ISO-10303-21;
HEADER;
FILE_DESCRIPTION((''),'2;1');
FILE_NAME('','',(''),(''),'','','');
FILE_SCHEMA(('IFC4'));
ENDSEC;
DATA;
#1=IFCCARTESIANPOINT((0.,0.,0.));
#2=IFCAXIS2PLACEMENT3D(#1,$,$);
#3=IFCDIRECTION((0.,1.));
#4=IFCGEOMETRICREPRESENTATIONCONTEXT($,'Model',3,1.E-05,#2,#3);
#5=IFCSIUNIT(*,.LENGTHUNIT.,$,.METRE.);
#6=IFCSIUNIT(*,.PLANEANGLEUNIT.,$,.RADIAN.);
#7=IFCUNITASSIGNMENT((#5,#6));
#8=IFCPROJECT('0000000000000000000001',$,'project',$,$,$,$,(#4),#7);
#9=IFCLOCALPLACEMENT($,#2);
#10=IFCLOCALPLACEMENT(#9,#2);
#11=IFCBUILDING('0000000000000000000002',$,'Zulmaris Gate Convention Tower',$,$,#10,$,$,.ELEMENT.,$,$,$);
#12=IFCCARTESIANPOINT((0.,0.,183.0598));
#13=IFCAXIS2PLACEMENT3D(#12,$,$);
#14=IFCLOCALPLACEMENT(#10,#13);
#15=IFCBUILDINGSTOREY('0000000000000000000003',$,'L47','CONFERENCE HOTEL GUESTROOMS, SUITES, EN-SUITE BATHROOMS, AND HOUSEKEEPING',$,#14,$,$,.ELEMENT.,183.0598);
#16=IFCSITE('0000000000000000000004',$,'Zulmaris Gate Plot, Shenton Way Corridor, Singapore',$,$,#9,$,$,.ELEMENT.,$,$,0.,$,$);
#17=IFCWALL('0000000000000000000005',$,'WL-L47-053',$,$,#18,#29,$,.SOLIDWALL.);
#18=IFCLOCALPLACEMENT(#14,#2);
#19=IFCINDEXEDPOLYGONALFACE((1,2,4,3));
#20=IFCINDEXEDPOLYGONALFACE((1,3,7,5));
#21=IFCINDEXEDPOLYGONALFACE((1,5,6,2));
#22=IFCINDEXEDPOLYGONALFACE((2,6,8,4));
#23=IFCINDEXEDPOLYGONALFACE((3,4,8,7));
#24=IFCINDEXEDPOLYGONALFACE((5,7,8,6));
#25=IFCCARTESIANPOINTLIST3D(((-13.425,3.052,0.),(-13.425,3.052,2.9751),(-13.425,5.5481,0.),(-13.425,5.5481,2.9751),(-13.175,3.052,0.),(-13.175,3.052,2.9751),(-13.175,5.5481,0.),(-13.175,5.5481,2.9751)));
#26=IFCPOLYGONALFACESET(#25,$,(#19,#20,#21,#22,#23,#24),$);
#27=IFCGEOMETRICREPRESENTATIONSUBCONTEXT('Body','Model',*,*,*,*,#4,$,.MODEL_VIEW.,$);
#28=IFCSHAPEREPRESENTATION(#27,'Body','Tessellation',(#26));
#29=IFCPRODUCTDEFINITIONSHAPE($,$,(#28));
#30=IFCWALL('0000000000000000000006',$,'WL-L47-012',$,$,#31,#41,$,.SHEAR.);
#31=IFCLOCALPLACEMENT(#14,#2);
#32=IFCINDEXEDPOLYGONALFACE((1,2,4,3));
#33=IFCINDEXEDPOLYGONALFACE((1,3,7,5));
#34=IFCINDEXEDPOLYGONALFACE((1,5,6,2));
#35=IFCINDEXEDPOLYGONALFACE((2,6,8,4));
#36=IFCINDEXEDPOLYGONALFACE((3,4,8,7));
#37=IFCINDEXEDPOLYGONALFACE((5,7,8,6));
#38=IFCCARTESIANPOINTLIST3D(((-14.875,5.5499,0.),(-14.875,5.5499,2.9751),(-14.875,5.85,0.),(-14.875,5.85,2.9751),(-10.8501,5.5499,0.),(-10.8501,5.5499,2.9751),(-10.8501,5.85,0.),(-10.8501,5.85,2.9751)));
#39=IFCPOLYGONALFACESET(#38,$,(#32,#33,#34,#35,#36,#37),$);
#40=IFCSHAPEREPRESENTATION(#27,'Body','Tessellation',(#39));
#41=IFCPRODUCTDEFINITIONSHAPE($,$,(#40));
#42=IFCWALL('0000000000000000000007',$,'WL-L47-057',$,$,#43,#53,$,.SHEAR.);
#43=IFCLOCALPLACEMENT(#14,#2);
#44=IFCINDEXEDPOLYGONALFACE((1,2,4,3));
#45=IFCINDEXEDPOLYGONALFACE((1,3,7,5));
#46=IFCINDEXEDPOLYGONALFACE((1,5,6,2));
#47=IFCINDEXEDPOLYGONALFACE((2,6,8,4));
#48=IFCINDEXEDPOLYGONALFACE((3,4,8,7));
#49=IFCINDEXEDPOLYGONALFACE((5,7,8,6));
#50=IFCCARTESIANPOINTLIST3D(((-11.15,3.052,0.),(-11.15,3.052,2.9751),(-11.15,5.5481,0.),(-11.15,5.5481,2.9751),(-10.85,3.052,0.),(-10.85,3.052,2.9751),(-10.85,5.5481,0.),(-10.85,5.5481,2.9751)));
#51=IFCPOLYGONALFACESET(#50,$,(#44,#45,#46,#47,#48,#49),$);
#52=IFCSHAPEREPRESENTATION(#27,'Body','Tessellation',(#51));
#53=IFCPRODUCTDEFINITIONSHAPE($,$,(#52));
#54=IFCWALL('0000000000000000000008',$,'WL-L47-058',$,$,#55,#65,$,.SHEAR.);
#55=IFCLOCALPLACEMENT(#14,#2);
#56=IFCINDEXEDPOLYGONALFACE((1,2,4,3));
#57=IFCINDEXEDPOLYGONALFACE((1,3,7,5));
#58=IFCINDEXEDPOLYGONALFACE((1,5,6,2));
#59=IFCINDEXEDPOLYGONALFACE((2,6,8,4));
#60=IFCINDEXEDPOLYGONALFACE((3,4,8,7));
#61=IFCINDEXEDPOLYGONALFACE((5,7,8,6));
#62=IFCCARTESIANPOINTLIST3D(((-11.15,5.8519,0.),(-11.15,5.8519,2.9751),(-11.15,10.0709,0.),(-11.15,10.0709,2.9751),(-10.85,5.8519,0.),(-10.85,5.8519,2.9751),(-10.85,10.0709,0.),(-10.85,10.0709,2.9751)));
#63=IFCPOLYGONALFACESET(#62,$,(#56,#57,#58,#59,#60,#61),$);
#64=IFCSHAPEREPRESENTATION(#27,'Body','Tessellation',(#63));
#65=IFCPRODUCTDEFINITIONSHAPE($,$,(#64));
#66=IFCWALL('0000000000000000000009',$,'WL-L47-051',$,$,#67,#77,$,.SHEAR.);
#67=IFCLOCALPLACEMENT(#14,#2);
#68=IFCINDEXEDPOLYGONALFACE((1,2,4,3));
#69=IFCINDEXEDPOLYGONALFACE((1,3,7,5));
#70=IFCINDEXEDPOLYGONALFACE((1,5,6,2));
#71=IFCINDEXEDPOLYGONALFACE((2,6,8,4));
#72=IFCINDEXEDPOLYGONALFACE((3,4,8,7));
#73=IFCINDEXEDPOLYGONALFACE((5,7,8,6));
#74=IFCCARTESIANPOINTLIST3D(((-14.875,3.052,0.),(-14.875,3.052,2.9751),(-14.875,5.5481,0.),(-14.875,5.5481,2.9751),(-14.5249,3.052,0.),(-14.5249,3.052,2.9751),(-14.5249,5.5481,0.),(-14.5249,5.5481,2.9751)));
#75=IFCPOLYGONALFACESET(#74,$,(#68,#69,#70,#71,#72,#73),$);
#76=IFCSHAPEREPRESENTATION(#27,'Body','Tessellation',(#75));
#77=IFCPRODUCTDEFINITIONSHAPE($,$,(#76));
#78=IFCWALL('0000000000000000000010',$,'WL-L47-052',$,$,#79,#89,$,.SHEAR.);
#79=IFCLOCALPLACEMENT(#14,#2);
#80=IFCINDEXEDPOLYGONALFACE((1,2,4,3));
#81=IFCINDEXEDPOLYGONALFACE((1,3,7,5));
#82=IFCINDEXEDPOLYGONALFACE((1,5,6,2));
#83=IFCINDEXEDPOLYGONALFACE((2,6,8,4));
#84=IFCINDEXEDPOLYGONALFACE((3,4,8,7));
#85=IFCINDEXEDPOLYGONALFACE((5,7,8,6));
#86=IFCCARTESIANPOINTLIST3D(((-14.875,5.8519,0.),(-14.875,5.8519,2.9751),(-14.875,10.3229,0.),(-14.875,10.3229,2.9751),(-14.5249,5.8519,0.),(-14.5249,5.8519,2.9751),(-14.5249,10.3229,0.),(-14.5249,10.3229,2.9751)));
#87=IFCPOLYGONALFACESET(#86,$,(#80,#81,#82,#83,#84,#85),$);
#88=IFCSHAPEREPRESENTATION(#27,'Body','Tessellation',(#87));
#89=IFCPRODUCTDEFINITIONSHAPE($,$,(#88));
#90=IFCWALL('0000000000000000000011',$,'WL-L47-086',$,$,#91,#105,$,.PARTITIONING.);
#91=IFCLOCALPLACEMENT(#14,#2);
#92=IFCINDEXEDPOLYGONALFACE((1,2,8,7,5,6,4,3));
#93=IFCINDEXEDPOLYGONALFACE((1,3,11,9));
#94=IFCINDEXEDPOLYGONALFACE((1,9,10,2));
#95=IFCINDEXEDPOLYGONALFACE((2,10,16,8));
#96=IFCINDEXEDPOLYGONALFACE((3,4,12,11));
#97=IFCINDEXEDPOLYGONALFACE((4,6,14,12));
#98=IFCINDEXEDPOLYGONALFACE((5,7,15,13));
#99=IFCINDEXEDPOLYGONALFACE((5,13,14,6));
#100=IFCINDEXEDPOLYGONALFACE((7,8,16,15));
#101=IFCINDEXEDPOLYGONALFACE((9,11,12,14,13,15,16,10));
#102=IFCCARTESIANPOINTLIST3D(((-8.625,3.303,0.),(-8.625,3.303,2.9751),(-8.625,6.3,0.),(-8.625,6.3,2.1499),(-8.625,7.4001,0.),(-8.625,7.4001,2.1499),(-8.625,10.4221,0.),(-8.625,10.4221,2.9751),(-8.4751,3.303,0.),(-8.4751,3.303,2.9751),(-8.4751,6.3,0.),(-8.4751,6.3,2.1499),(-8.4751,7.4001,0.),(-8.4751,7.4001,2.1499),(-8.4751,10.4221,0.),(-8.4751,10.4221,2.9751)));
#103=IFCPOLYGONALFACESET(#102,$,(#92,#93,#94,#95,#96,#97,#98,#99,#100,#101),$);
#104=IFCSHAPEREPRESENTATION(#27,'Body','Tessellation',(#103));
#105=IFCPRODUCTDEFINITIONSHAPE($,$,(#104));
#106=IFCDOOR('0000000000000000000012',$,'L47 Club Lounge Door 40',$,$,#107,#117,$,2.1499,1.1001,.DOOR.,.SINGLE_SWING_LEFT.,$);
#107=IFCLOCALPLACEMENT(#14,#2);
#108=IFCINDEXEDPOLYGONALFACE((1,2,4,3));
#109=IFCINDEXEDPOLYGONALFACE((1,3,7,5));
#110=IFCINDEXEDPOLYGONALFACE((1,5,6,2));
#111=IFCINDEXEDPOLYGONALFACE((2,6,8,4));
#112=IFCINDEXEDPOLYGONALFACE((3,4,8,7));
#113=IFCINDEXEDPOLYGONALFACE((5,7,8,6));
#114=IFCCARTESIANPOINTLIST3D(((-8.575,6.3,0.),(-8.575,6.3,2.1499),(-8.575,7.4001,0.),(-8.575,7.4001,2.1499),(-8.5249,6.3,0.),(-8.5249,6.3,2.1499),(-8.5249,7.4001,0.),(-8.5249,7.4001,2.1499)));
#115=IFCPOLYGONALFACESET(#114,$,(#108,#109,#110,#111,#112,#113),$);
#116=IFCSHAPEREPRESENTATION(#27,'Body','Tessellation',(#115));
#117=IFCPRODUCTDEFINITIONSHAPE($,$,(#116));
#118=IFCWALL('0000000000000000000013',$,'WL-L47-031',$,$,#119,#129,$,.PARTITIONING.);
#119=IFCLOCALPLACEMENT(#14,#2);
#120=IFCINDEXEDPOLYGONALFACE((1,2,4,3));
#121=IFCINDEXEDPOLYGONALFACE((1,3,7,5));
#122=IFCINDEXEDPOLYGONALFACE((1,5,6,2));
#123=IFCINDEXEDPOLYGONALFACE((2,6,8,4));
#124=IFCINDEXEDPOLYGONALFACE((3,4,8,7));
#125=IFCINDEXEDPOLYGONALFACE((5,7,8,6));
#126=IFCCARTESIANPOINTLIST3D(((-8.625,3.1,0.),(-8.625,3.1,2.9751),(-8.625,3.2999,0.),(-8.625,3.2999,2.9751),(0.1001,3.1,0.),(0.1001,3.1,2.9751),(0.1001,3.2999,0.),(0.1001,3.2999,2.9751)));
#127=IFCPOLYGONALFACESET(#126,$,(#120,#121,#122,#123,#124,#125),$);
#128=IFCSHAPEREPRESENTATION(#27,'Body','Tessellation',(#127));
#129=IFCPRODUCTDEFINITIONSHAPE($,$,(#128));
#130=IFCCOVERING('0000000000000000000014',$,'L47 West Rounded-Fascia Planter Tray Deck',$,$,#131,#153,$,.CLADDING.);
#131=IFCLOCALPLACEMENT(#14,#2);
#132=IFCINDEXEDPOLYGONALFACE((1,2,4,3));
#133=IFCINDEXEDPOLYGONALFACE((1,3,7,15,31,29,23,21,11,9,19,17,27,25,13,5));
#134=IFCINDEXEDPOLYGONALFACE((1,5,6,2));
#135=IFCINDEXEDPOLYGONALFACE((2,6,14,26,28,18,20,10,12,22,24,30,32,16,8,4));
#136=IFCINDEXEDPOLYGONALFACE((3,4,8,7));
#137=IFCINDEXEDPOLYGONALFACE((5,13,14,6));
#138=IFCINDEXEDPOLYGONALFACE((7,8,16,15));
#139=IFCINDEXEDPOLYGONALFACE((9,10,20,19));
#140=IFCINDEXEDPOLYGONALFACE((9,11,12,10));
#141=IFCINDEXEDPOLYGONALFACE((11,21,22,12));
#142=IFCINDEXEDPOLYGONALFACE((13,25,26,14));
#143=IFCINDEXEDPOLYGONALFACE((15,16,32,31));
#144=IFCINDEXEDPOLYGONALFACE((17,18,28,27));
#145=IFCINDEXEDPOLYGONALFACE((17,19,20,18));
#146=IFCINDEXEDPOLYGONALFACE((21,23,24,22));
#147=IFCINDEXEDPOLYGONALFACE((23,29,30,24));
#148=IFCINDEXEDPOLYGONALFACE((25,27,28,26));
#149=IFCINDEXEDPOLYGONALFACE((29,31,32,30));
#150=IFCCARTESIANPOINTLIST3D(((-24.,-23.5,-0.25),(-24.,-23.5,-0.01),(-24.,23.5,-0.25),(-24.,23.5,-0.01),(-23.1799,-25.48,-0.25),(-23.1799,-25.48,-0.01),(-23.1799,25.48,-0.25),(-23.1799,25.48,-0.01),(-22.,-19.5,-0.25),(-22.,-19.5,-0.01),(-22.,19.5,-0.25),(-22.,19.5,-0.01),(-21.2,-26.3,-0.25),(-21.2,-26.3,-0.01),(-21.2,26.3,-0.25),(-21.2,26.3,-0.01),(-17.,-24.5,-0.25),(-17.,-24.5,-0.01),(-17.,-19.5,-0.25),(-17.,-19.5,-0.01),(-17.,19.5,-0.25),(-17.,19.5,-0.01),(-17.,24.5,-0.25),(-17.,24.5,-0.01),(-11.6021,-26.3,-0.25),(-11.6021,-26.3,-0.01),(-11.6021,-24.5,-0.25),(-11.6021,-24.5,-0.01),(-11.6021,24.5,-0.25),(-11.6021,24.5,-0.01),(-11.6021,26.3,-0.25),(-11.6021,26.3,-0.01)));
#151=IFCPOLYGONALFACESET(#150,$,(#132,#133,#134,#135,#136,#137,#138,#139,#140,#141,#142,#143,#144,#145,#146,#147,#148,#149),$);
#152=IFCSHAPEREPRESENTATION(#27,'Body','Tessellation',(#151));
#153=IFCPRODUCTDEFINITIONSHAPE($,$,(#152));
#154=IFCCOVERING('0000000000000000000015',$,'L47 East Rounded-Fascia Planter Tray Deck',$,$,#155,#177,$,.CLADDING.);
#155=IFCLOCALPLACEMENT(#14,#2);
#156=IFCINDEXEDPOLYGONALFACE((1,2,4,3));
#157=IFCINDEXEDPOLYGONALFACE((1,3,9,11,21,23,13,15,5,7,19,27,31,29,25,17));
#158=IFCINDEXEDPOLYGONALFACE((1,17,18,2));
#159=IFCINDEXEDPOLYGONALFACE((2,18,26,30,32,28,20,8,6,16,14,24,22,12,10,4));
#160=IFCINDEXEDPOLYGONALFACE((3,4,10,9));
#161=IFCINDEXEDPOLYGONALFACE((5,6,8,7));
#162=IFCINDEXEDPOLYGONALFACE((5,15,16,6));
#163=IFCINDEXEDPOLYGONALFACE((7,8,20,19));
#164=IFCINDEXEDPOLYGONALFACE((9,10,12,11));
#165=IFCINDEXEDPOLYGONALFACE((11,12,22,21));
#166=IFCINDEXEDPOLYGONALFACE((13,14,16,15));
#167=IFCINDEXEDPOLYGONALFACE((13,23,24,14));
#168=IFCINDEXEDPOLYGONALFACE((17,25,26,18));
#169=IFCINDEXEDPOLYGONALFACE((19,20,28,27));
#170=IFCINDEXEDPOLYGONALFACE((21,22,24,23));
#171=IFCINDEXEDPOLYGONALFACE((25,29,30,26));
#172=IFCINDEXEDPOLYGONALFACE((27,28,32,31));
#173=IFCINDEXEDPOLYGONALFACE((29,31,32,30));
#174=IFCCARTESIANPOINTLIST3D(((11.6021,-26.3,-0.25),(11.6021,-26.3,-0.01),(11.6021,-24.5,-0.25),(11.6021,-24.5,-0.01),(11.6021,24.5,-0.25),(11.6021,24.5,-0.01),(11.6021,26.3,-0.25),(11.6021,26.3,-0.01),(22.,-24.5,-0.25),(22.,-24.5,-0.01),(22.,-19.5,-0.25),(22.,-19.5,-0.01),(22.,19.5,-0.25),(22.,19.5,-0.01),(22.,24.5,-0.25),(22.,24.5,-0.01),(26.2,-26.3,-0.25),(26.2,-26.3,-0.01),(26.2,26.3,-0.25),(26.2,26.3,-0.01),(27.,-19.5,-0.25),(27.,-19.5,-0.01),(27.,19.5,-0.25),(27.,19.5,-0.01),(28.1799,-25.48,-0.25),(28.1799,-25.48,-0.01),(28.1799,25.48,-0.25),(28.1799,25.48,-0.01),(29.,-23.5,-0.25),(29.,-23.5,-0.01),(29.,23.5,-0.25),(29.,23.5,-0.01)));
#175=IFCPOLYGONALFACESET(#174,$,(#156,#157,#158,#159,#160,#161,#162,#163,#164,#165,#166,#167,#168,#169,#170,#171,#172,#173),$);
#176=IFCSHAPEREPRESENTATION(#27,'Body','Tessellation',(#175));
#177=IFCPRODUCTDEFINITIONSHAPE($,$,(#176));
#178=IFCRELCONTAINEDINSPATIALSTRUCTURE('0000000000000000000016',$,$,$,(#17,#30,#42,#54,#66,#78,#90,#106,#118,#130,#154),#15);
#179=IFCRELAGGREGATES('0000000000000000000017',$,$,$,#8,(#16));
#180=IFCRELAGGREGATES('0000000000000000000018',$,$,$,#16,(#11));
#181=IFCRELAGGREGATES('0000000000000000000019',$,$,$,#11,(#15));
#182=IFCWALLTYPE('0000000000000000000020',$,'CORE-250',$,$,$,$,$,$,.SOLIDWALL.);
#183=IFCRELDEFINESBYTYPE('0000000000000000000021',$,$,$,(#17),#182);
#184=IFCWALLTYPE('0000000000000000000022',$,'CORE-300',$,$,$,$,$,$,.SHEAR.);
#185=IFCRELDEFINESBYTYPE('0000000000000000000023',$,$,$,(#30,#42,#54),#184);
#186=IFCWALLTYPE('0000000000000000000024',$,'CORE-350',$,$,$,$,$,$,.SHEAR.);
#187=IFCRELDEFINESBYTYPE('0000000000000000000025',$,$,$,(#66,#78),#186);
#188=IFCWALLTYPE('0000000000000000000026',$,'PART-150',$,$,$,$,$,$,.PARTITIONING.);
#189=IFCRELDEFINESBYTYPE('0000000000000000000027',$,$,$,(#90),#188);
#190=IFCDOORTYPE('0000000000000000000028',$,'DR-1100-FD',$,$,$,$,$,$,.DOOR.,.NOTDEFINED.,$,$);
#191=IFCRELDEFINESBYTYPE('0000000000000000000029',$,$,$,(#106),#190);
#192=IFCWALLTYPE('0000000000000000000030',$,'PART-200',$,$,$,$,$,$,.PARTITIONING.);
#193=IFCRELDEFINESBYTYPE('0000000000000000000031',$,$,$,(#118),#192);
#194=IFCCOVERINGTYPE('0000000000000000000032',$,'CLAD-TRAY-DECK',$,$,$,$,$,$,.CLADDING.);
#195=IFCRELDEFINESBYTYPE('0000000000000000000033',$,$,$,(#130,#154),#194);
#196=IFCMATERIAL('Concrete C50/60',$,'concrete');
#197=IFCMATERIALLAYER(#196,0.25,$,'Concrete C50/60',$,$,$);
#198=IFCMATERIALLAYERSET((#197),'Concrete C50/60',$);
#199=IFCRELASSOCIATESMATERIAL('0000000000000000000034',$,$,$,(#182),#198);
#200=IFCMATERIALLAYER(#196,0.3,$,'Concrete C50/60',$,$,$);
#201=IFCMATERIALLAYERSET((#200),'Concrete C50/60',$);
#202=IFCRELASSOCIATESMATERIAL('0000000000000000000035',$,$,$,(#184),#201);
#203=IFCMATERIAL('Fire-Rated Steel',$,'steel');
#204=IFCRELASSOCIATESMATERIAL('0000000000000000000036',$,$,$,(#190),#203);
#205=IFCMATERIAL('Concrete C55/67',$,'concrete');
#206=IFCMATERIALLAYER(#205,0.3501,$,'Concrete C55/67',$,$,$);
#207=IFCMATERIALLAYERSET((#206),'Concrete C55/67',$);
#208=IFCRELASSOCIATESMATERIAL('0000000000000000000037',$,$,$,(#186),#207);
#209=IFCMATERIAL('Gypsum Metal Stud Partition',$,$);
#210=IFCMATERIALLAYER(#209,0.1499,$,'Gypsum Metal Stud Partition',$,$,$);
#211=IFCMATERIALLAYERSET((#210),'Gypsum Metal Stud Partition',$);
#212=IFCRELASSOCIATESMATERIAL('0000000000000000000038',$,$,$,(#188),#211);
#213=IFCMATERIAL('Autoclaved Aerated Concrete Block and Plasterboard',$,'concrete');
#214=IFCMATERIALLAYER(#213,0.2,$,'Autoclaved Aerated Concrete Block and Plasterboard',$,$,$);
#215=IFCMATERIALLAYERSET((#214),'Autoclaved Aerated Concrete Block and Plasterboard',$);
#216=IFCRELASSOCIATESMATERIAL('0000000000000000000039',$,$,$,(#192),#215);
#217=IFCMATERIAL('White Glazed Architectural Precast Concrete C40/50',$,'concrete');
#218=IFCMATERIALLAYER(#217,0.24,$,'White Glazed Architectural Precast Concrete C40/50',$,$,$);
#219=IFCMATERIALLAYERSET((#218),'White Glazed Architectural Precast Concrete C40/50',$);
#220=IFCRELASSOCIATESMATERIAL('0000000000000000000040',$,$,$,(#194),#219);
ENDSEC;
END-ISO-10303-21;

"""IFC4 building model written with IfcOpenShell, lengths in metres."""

from ifc_helpers import new_model, si_unit, direction, frame, frame_2d, origin, place, context, subcontext, project, spatial, polyline, rectangle, outline, extrude, material, layer, layer_set, type_object, element, fill, save


model = new_model("IFC4")

# Units and contexts
model_context = context("Model", 3, precision=1e-05, world=origin(), true_north=direction((0.0, 1.0)))
body_context = subcontext(model_context, "Body", "Model", "MODEL_VIEW")
ifc_project = project(units=[si_unit("LENGTHUNIT", "METRE"), si_unit("PLANEANGLEUNIT", "RADIAN")], contexts=[model_context])

# Site, building, storey
site_placement = place(None, origin())
site = spatial("IfcSite", under=ifc_project, at=site_placement, Name="Zulmaris Gate Plot, Shenton Way Corridor, Singapore", CompositionType="ELEMENT", RefElevation=0.0)
building_placement = place(site_placement, origin())
building = spatial("IfcBuilding", under=site, at=building_placement, Name="Zulmaris Gate Convention Tower", CompositionType="ELEMENT")
storey_placement = place(building_placement, frame((0.0, 0.0, 183.0598)))
storey = spatial("IfcBuildingStorey", under=building, at=storey_placement, Name="L47", Description="CONFERENCE HOTEL GUESTROOMS, SUITES, EN-SUITE BATHROOMS, AND HOUSEKEEPING", CompositionType="ELEMENT", Elevation=183.0598)

# Shared definitions
ifc_material_1 = material(Name="Concrete C50/60", Category="concrete")

# Walls
ifc_layer_1 = layer(ifc_material_1, 0.25, Name="Concrete C50/60")
ifc_layer_set_1 = layer_set([ifc_layer_1], Name="Concrete C50/60")
wall_type_1 = type_object("IfcWallType", Name="CORE-250", PredefinedType="SOLIDWALL", material=ifc_layer_set_1)
wall_1_placement = place(storey_placement, frame((-13.3, 3.052, 0.0), z_axis=(0.0, 0.0, 1.0), x_axis=(0.0, 1.0, 0.0)))
element("IfcWall", 1, at=wall_1_placement, inside=storey, type_object=wall_type_1, Name="WL-L47-053", PredefinedType="SOLIDWALL", context=body_context, shape_type="SweptSolid", body=[
    extrude(rectangle(XDim=2.4961, YDim=0.25, at=frame_2d((1.248, 0.0))), origin(), (0.0, 0.0, 1.0), 2.9751),
])
ifc_layer_2 = layer(ifc_material_1, 0.3, Name="Concrete C50/60")
ifc_layer_set_2 = layer_set([ifc_layer_2], Name="Concrete C50/60")
wall_type_2 = type_object("IfcWallType", Name="CORE-300", PredefinedType="SHEAR", material=ifc_layer_set_2)
wall_2_placement = place(storey_placement, frame((-14.875, 5.7, 0.0), z_axis=(0.0, 0.0, 1.0), x_axis=(1.0, 0.0, 0.0)))
element("IfcWall", 2, at=wall_2_placement, inside=storey, type_object=wall_type_2, Name="WL-L47-012", PredefinedType="SHEAR", context=body_context, shape_type="SweptSolid", body=[
    extrude(rectangle(XDim=4.0249, YDim=0.3, at=frame_2d((2.0125, 0.0))), origin(), (0.0, 0.0, 1.0), 2.9751),
])

# Shared definitions
ifc_material_2 = material(Name="Fire-Rated Steel", Category="steel")
door_type_1 = type_object("IfcDoorType", Name="DR-1100-FD", OperationType="NOTDEFINED", PredefinedType="DOOR", material=ifc_material_2)

# Walls
wall_3_placement = place(storey_placement, frame((-11.0, 3.052, 0.0), z_axis=(0.0, 0.0, 1.0), x_axis=(0.0, 1.0, 0.0)))
element("IfcWall", 3, at=wall_3_placement, inside=storey, type_object=wall_type_2, Name="WL-L47-057", PredefinedType="SHEAR", context=body_context, shape_type="SweptSolid", body=[
    extrude(rectangle(XDim=2.4961, YDim=0.3, at=frame_2d((1.248, 0.0))), origin(), (0.0, 0.0, 1.0), 2.9751),
])
wall_4_placement = place(storey_placement, frame((-11.0, 5.8521, 0.0), z_axis=(0.0, 0.0, 1.0), x_axis=(0.0, 1.0, 0.0)))
element("IfcWall", 4, at=wall_4_placement, inside=storey, type_object=wall_type_2, Name="WL-L47-058", PredefinedType="SHEAR", context=body_context, shape_type="SweptSolid", body=[
    extrude(rectangle(XDim=4.219, YDim=0.3, at=frame_2d((2.1094, 0.0))), origin(), (0.0, 0.0, 1.0), 2.9751),
])
ifc_material_3 = material(Name="Concrete C55/67", Category="concrete")
ifc_layer_3 = layer(ifc_material_3, 0.3501, Name="Concrete C55/67")
ifc_layer_set_3 = layer_set([ifc_layer_3], Name="Concrete C55/67")
wall_type_3 = type_object("IfcWallType", Name="CORE-350", PredefinedType="SHEAR", material=ifc_layer_set_3)
wall_5_placement = place(storey_placement, frame((-14.7, 3.052, 0.0), z_axis=(0.0, 0.0, 1.0), x_axis=(0.0, 1.0, 0.0)))
element("IfcWall", 5, at=wall_5_placement, inside=storey, type_object=wall_type_3, Name="WL-L47-051", PredefinedType="SHEAR", context=body_context, shape_type="SweptSolid", body=[
    extrude(rectangle(XDim=2.4961, YDim=0.3501, at=frame_2d((1.248, 0.0))), origin(), (0.0, 0.0, 1.0), 2.9751),
])
wall_6_placement = place(storey_placement, frame((-14.7, 5.8521, 0.0), z_axis=(0.0, 0.0, 1.0), x_axis=(0.0, 1.0, 0.0)))
element("IfcWall", 6, at=wall_6_placement, inside=storey, type_object=wall_type_3, Name="WL-L47-052", PredefinedType="SHEAR", context=body_context, shape_type="SweptSolid", body=[
    extrude(rectangle(XDim=4.4709, YDim=0.3501, at=frame_2d((2.2354, 0.0))), origin(), (0.0, 0.0, 1.0), 2.9751),
])

# Wall, opening, door
ifc_material_4 = material(Name="Gypsum Metal Stud Partition")
ifc_layer_4 = layer(ifc_material_4, 0.1499, Name="Gypsum Metal Stud Partition")
ifc_layer_set_4 = layer_set([ifc_layer_4], Name="Gypsum Metal Stud Partition")
wall_type_4 = type_object("IfcWallType", Name="PART-150", PredefinedType="PARTITIONING", material=ifc_layer_set_4)
wall_7_placement = place(storey_placement, frame((-8.55, 3.303, 0.0), z_axis=(0.0, 0.0, 1.0), x_axis=(0.0, 1.0, 0.0)))
wall_7 = element("IfcWall", 7, at=wall_7_placement, inside=storey, type_object=wall_type_4, Name="WL-L47-086", PredefinedType="PARTITIONING", context=body_context, shape_type="SweptSolid", body=[
    extrude(rectangle(XDim=7.1191, YDim=0.1499, at=frame_2d((3.5596, 0.0))), origin(), (0.0, 0.0, 1.0), 2.9751),
])
opening_1_placement = place(wall_7_placement, frame((2.9971, 0.0, 0.0)))
opening_1 = element("IfcOpeningElement", 8, at=opening_1_placement, cuts=wall_7, PredefinedType="OPENING", context=body_context, shape_type="SweptSolid", body=[
    extrude(rectangle(XDim=1.1001, YDim=2.1499, at=frame_2d((0.55, 1.075))), frame((0.0, 0.085, 0.0), z_axis=(0.0, -1.0, 0.0), x_axis=(1.0, 0.0, 0.0)), (0.0, 0.0, 1.0), 0.1699),
])
door_1_placement = place(opening_1_placement, origin())
door_1 = element("IfcDoor", 9, at=door_1_placement, inside=storey, type_object=door_type_1, Name="L47 Club Lounge Door 40", OperationType="SINGLE_SWING_LEFT", OverallHeight=2.1499, OverallWidth=1.1001, PredefinedType="DOOR", context=body_context, shape_type="SweptSolid", body=[
    extrude(rectangle(XDim=1.1001, YDim=2.1499, at=frame_2d((0.55, 1.075))), frame((0.0, 0.0249, 0.0), z_axis=(0.0, -1.0, 0.0), x_axis=(1.0, 0.0, 0.0)), (0.0, 0.0, 1.0), 0.05),
])
fill(opening_1, door_1)

# Wall
ifc_material_5 = material(Name="Autoclaved Aerated Concrete Block and Plasterboard", Category="concrete")
ifc_layer_5 = layer(ifc_material_5, 0.2, Name="Autoclaved Aerated Concrete Block and Plasterboard")
ifc_layer_set_5 = layer_set([ifc_layer_5], Name="Autoclaved Aerated Concrete Block and Plasterboard")
wall_type_5 = type_object("IfcWallType", Name="PART-200", PredefinedType="PARTITIONING", material=ifc_layer_set_5)
wall_8_placement = place(storey_placement, frame((-8.625, 3.2, 0.0), z_axis=(0.0, 0.0, 1.0), x_axis=(1.0, 0.0, 0.0)))
element("IfcWall", 10, at=wall_8_placement, inside=storey, type_object=wall_type_5, Name="WL-L47-031", PredefinedType="PARTITIONING", context=body_context, shape_type="SweptSolid", body=[
    extrude(rectangle(XDim=8.7251, YDim=0.2, at=frame_2d((4.3625, 0.0))), origin(), (0.0, 0.0, 1.0), 2.9751),
])

# Coverings
ifc_material_6 = material(Name="White Glazed Architectural Precast Concrete C40/50", Category="concrete")
ifc_layer_6 = layer(ifc_material_6, 0.24, Name="White Glazed Architectural Precast Concrete C40/50")
ifc_layer_set_6 = layer_set([ifc_layer_6], Name="White Glazed Architectural Precast Concrete C40/50")
covering_type = type_object("IfcCoveringType", Name="CLAD-TRAY-DECK", PredefinedType="CLADDING", material=ifc_layer_set_6)
covering_1_placement = place(storey_placement, frame((0.0, 0.0, -0.25)))
element("IfcCovering", 11, at=covering_1_placement, inside=storey, type_object=covering_type, Name="L47 West Rounded-Fascia Planter Tray Deck", PredefinedType="CLADDING", context=body_context, shape_type="SweptSolid", body=[
    extrude(outline(polyline([(-24.0, 23.5), (-23.1799, 25.48), (-21.2, 26.3), (-11.6021, 26.3), (-11.6021, 24.5), (-17.0, 24.5), (-17.0, 19.5), (-22.0, 19.5), (-22.0, -19.5), (-17.0, -19.5), (-17.0, -24.5), (-11.6021, -24.5), (-11.6021, -26.3), (-21.2, -26.3), (-23.1799, -25.48), (-24.0, -23.5), (-24.0, 23.5)])), origin(), (0.0, 0.0, 1.0), 0.24),
])
covering_2_placement = place(storey_placement, frame((0.0, 0.0, -0.25)))
element("IfcCovering", 12, at=covering_2_placement, inside=storey, type_object=covering_type, Name="L47 East Rounded-Fascia Planter Tray Deck", PredefinedType="CLADDING", context=body_context, shape_type="SweptSolid", body=[
    extrude(outline(polyline([(26.2, 26.3), (28.1799, 25.48), (29.0, 23.5), (29.0, -23.5), (28.1799, -25.48), (26.2, -26.3), (11.6021, -26.3), (11.6021, -24.5), (22.0, -24.5), (22.0, -19.5), (27.0, -19.5), (27.0, 19.5), (22.0, 19.5), (22.0, 24.5), (11.6021, 24.5), (11.6021, 26.3), (26.2, 26.3)])), origin(), (0.0, 0.0, 1.0), 0.24),
])

save(model, "model.ifc")
